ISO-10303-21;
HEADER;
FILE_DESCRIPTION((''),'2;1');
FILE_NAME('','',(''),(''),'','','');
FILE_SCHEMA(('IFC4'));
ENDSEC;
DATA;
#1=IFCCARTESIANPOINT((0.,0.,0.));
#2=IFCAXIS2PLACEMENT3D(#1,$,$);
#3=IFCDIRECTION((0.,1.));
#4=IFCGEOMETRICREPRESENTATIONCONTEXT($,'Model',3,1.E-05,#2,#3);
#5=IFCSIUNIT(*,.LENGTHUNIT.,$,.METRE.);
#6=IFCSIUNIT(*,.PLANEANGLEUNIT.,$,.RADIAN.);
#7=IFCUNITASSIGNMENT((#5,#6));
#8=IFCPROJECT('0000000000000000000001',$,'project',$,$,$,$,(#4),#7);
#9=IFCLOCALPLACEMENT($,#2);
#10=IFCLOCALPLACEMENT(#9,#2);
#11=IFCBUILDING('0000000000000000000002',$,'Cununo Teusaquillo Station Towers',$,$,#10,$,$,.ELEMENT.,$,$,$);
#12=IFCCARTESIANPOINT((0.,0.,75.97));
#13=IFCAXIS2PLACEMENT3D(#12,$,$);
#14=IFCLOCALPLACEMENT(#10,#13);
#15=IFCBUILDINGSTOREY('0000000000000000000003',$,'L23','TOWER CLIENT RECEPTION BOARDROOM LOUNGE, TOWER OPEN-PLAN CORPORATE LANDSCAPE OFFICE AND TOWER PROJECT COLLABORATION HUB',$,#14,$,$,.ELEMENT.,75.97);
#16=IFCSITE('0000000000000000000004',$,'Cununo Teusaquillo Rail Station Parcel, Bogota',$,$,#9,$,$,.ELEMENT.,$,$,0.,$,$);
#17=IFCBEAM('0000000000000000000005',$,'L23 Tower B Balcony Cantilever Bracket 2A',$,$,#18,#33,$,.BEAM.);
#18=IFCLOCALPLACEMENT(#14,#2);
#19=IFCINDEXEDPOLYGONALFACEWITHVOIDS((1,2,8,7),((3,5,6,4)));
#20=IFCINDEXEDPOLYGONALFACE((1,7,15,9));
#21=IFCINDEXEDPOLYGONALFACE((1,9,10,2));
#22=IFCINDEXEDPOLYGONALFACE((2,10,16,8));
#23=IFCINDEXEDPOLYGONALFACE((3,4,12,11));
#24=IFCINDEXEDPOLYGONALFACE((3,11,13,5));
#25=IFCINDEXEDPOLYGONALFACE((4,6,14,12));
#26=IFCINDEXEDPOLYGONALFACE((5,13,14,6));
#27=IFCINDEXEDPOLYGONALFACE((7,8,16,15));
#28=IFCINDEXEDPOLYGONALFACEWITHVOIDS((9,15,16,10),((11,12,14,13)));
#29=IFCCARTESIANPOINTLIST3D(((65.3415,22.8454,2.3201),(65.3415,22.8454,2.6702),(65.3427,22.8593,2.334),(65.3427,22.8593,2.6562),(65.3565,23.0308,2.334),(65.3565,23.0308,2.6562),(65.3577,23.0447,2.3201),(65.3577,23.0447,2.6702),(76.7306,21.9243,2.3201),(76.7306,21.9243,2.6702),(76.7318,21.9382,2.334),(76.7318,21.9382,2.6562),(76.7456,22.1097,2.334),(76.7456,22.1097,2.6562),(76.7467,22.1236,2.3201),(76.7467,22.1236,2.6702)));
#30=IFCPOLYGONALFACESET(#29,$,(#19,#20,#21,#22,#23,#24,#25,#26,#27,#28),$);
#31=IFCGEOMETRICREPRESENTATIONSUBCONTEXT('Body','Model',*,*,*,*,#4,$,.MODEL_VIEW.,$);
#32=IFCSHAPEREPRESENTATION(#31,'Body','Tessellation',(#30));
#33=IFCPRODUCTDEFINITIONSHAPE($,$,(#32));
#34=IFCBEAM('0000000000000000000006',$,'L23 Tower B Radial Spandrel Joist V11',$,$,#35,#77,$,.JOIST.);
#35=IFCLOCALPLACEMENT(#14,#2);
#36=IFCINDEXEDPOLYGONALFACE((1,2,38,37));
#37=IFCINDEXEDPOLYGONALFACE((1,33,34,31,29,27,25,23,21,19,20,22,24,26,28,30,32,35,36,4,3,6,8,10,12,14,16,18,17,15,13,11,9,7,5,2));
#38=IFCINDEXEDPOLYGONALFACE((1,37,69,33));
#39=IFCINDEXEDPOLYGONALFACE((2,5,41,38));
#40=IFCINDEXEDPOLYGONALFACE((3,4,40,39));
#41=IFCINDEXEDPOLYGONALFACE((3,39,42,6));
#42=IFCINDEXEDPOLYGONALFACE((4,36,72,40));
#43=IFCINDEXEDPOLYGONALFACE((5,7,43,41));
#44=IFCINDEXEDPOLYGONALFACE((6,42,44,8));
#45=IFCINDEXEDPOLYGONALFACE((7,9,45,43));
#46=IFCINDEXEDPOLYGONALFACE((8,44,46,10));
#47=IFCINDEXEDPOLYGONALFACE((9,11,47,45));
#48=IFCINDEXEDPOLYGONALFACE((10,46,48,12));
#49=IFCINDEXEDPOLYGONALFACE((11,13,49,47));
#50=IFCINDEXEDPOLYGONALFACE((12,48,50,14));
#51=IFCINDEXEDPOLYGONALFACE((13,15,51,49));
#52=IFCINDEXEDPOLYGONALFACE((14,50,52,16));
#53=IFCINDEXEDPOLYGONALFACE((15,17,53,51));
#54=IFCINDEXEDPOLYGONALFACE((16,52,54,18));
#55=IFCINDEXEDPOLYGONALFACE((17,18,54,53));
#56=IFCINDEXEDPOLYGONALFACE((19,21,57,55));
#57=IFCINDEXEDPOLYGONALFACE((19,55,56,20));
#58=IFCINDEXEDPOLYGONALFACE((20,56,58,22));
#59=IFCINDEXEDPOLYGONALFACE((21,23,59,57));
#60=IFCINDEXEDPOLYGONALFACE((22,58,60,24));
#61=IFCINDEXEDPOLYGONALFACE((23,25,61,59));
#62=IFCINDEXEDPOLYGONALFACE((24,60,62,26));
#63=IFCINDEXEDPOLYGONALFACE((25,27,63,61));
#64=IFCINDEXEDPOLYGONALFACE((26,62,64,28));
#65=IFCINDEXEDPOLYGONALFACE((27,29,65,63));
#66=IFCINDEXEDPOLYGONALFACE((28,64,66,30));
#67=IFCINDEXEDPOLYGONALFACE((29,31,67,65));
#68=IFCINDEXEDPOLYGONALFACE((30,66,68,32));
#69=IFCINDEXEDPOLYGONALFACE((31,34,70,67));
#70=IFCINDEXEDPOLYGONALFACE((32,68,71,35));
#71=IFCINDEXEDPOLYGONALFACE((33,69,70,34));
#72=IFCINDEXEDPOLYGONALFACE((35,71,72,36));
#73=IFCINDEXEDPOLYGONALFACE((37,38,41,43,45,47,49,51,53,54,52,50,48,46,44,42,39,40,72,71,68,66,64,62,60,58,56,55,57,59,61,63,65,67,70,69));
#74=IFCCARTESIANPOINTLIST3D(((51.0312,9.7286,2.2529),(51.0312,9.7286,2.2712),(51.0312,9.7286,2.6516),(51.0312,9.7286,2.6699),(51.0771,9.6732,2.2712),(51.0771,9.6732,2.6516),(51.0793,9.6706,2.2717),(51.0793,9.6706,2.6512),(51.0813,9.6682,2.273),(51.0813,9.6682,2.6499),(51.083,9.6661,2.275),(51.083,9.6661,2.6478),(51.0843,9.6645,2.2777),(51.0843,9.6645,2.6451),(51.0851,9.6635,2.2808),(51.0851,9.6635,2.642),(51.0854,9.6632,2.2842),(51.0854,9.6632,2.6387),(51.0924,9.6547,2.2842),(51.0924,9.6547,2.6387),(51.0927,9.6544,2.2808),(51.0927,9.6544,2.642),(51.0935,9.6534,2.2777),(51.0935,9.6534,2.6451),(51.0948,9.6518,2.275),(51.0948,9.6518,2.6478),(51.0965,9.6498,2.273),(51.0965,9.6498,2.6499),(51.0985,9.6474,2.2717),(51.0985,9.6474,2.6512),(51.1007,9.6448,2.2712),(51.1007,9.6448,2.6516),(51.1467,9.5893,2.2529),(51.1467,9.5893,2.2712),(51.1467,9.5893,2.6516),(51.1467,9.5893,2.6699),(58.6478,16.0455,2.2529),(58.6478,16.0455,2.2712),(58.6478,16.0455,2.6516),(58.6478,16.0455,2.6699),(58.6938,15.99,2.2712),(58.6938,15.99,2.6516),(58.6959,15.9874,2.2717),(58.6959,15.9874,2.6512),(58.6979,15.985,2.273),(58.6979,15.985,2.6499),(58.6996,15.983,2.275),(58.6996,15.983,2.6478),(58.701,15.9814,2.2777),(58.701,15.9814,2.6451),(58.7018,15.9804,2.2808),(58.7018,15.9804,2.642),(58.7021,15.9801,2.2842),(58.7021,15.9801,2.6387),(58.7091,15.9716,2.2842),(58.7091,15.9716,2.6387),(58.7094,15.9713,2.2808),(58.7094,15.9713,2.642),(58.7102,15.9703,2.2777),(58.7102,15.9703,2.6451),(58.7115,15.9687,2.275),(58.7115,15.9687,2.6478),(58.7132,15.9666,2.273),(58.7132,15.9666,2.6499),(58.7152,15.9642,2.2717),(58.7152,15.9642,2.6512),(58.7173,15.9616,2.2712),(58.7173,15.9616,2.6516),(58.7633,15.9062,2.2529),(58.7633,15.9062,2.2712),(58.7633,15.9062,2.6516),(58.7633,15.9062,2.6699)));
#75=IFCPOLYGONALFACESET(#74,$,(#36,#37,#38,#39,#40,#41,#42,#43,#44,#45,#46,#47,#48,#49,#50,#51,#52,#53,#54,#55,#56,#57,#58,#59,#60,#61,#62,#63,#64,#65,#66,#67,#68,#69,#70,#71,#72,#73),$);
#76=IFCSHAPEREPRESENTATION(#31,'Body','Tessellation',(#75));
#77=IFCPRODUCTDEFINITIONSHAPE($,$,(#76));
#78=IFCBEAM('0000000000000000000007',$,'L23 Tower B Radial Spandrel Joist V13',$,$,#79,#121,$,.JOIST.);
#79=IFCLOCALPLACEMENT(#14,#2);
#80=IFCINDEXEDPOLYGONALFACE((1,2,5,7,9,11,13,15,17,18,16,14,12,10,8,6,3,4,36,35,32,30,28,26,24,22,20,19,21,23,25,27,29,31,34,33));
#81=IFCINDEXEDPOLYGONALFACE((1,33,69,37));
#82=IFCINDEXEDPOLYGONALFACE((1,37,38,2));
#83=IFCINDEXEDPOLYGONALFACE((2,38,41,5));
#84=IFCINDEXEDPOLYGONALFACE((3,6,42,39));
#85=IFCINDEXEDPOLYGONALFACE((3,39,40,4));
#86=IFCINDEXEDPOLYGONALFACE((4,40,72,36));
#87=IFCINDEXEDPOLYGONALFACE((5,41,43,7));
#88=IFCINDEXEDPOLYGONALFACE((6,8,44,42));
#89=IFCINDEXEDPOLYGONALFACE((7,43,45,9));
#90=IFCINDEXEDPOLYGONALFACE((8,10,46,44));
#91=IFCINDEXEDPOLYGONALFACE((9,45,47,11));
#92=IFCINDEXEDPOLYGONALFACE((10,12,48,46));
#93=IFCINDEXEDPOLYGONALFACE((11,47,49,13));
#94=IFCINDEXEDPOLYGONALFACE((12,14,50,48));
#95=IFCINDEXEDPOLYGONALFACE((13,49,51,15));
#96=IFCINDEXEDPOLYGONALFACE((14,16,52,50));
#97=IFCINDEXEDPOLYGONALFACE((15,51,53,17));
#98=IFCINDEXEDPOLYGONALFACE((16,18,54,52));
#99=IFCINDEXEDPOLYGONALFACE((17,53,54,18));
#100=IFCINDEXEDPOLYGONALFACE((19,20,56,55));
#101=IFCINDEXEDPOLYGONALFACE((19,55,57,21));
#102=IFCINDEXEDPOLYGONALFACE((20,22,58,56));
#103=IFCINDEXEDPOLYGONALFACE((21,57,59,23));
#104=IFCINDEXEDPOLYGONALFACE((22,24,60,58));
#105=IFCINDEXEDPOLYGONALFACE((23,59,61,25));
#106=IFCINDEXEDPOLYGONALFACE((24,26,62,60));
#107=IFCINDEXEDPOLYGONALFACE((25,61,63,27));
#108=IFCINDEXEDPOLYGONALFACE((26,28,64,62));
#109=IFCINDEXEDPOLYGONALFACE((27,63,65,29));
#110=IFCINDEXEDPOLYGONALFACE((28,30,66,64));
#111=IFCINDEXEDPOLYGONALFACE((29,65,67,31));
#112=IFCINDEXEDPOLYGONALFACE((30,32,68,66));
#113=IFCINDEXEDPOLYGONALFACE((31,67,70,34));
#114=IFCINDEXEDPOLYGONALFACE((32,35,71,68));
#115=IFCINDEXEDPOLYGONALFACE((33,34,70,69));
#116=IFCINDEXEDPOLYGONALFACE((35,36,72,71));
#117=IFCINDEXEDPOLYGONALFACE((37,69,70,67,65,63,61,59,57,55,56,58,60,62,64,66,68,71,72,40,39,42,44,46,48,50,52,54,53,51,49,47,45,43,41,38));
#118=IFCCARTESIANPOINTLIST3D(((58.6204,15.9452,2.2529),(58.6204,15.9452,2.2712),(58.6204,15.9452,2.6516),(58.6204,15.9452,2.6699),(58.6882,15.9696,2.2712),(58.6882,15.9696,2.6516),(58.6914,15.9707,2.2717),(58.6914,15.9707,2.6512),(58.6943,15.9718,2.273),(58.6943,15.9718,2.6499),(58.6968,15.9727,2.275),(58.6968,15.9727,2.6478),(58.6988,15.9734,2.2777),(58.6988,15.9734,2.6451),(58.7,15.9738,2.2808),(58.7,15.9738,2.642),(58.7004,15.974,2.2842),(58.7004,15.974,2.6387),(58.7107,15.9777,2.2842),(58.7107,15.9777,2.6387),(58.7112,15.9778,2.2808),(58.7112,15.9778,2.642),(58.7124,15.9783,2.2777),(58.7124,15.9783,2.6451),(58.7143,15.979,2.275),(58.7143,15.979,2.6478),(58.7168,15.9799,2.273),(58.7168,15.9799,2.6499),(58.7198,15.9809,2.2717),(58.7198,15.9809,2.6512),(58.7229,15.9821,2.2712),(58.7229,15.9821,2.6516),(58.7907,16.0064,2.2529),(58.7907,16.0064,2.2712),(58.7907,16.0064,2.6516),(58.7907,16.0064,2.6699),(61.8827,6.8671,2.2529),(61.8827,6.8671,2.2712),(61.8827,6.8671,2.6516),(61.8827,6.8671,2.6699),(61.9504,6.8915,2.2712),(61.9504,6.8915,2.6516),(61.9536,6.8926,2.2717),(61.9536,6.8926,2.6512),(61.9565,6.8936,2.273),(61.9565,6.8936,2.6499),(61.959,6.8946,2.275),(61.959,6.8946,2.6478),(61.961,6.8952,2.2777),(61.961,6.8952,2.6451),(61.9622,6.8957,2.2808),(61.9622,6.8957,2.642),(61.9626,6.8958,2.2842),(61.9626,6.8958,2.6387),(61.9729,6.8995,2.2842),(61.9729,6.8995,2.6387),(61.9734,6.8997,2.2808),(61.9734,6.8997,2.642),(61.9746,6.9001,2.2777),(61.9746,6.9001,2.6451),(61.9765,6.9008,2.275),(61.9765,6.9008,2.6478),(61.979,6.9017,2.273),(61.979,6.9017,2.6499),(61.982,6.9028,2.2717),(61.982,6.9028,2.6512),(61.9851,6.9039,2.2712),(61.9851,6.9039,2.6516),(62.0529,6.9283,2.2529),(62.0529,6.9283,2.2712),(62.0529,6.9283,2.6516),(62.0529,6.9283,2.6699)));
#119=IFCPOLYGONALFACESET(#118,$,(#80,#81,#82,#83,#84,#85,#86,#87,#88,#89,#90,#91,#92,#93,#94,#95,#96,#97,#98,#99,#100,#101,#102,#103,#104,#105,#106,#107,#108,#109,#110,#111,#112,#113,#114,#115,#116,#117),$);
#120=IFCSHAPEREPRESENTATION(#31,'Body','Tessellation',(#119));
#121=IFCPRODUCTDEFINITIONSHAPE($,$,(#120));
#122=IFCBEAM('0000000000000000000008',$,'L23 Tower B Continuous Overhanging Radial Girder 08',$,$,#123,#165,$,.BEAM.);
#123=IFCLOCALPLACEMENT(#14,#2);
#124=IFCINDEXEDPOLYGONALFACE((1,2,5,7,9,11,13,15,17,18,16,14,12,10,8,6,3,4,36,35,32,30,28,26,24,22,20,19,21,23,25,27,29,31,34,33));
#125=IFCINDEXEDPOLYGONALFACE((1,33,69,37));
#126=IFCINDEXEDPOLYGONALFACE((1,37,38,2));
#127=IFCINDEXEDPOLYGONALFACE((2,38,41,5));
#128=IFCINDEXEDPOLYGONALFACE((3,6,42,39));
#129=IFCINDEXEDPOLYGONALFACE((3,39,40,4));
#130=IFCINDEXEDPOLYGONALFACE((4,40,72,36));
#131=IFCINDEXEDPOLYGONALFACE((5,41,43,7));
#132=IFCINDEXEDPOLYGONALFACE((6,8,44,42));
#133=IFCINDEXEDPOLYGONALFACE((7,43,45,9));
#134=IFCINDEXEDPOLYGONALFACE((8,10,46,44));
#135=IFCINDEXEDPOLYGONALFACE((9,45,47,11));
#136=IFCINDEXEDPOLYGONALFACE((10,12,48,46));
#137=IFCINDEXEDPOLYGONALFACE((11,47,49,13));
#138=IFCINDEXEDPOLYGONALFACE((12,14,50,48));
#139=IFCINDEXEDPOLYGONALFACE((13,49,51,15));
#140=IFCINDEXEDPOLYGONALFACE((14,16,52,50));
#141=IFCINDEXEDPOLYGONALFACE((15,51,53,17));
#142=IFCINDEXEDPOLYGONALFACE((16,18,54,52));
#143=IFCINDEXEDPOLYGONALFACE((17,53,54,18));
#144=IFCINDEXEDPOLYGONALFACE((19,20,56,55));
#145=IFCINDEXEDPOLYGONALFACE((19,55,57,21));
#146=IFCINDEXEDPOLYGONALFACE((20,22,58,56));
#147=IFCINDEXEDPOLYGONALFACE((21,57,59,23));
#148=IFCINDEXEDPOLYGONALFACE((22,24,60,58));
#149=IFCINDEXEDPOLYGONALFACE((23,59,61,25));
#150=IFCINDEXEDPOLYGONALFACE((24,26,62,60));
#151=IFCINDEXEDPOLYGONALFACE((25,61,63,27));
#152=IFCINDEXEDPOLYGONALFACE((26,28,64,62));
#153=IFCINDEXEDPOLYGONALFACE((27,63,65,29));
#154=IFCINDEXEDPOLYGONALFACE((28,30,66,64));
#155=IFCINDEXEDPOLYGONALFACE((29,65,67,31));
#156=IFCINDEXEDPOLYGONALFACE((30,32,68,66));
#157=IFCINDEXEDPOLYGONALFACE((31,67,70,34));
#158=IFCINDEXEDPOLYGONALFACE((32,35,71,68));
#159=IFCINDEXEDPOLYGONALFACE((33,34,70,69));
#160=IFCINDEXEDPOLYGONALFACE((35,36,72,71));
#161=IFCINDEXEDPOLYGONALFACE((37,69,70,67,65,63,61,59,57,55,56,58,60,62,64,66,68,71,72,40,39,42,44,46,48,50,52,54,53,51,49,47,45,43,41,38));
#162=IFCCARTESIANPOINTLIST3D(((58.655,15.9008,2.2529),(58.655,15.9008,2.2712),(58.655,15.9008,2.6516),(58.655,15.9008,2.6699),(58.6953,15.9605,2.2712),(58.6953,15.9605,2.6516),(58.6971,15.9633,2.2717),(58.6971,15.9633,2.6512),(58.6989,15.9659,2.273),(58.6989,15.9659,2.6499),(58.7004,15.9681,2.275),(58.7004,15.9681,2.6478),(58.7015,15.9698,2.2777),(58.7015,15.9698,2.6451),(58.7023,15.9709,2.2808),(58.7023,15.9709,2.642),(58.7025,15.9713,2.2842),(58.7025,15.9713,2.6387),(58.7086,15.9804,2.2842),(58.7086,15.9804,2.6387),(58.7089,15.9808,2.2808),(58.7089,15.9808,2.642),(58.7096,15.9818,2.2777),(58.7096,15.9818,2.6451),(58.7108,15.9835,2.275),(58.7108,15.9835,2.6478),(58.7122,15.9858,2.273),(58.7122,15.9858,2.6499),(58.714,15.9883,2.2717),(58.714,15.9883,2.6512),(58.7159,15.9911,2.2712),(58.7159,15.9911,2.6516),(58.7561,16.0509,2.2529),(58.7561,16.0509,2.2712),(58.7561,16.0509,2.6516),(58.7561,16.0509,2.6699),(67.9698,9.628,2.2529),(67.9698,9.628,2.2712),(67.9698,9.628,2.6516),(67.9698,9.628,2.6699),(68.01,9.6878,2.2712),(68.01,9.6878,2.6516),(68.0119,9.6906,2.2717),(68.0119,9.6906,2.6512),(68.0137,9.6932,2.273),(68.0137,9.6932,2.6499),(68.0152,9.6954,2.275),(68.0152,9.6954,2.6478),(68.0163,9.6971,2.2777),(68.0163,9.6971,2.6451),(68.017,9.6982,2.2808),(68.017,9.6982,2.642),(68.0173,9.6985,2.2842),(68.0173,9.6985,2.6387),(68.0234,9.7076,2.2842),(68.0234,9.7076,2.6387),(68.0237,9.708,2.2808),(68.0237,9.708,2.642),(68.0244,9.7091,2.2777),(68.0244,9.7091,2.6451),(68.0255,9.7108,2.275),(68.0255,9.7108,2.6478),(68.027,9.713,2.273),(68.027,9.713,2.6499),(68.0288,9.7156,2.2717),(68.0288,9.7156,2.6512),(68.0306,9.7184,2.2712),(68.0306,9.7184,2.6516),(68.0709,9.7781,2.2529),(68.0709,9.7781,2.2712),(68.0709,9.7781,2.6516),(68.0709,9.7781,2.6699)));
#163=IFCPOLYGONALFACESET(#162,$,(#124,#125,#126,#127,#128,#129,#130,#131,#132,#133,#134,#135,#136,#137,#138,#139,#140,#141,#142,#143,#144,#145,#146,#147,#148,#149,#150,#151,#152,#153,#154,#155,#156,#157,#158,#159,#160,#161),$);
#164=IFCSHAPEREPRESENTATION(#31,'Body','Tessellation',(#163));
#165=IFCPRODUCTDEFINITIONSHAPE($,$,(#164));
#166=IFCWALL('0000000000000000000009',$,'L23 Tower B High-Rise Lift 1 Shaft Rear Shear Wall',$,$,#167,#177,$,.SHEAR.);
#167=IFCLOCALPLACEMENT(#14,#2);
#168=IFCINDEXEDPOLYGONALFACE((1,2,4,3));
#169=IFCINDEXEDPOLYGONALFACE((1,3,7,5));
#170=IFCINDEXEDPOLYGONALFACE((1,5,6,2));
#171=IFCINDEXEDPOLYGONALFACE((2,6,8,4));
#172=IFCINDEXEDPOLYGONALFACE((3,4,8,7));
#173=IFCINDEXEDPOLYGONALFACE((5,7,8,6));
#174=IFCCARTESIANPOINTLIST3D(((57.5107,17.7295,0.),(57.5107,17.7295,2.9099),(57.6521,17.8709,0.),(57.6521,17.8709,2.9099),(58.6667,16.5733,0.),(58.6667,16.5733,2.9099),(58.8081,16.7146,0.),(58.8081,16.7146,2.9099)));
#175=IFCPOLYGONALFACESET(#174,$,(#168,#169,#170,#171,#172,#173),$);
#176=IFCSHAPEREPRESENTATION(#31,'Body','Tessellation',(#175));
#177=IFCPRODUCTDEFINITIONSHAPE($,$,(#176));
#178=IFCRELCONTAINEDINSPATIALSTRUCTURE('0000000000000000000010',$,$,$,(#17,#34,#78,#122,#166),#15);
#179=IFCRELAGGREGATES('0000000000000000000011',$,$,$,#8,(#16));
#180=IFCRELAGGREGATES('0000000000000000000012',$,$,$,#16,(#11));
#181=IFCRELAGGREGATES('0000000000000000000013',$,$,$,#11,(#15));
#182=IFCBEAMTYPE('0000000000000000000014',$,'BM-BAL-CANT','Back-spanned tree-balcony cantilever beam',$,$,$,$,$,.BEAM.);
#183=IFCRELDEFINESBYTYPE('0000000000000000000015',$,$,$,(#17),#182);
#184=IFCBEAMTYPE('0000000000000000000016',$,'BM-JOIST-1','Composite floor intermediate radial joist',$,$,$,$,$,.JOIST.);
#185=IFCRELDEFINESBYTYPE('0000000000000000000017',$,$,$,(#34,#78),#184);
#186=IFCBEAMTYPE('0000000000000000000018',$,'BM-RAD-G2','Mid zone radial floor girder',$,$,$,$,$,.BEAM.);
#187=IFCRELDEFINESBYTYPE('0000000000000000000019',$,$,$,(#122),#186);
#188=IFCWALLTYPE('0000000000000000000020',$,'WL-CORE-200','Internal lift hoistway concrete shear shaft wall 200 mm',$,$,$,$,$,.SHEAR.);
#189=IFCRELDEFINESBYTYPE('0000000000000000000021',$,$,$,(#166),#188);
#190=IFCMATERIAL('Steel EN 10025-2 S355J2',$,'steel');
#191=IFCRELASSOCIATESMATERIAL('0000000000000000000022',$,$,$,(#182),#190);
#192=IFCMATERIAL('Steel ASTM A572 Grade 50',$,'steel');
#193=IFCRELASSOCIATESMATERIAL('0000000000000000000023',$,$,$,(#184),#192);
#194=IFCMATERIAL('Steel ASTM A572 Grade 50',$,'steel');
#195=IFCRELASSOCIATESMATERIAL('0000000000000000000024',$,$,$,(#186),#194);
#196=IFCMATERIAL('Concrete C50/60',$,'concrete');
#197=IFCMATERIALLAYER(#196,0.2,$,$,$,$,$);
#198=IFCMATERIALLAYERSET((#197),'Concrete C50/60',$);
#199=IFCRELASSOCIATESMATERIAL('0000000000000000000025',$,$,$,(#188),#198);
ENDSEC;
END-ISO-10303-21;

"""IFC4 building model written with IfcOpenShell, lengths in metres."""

from ifc_helpers import new_model, si_unit, direction, frame, frame_2d, origin, origin_2d, place, context, subcontext, project, spatial, rectangle, hollow_rectangle, i_section, extrude, material, layer, layer_set, material_profile, profile_set, type_object, element, save


model = new_model("IFC4")

# Units and contexts
model_context = context("Model", 3, precision=1e-05, world=origin(), true_north=direction((0.0, 1.0)))
body_context = subcontext(model_context, "Body", "Model", "MODEL_VIEW")
ifc_project = project(units=[si_unit("LENGTHUNIT", "METRE"), si_unit("PLANEANGLEUNIT", "RADIAN")], contexts=[model_context])

# Site, building, storey
site_placement = place(None, origin())
site = spatial("IfcSite", under=ifc_project, at=site_placement, Name="Cununo Teusaquillo Rail Station Parcel, Bogota", CompositionType="ELEMENT", RefElevation=0.0)
building_placement = place(site_placement, origin())
building = spatial("IfcBuilding", under=site, at=building_placement, Name="Cununo Teusaquillo Station Towers", CompositionType="ELEMENT")
storey_placement = place(building_placement, frame((0.0, 0.0, 75.97)))
storey = spatial("IfcBuildingStorey", under=building, at=storey_placement, Name="L23", Description="TOWER CLIENT RECEPTION BOARDROOM LOUNGE, TOWER OPEN-PLAN CORPORATE LANDSCAPE OFFICE AND TOWER PROJECT COLLABORATION HUB", CompositionType="ELEMENT", Elevation=75.97)

# Beams
ifc_material_1 = material(Name="Steel EN 10025-2 S355J2", Category="steel")
ifc_material_profile_1 = material_profile(ifc_material_1, hollow_rectangle(XDim=0.2, YDim=0.3501, WallThickness=0.0139, at=origin_2d()), Name="RHS 350x200x14")
ifc_profile_set_1 = profile_set([ifc_material_profile_1], Name="Steel EN 10025-2 S355J2")
beam_type_1 = type_object("IfcBeamType", Name="BM-BAL-CANT", Description="Back-spanned tree-balcony cantilever beam", PredefinedType="BEAM", material=ifc_profile_set_1)
beam_1_placement = place(storey_placement, frame((65.3496, 22.9451, 2.4951), z_axis=(0.996745, -0.080616, 0.0), x_axis=(0.080616, 0.996745, 0.0)))
element("IfcBeam", 1, at=beam_1_placement, inside=storey, type_object=beam_type_1, Name="L23 Tower B Balcony Cantilever Bracket 2A", PredefinedType="BEAM", context=body_context, shape_type="SweptSolid", body=[
    extrude(hollow_rectangle(XDim=0.2, YDim=0.3501, WallThickness=0.0139, at=origin_2d()), origin(), (0.0, 0.0, 1.0), 11.4263),
])
ifc_material_2 = material(Name="Steel ASTM A572 Grade 50", Category="steel")
ifc_material_profile_2 = material_profile(ifc_material_2, i_section(OverallWidth=0.1809, OverallDepth=0.417, WebThickness=0.011, FlangeThickness=0.0183, FilletRadius=0.0129, at=origin_2d()), Name="W16X57")
ifc_profile_set_2 = profile_set([ifc_material_profile_2], Name="Steel ASTM A572 Grade 50")
beam_type_2 = type_object("IfcBeamType", Name="BM-JOIST-1", Description="Composite floor intermediate radial joist", PredefinedType="JOIST", material=ifc_profile_set_2)
beam_2_placement = place(storey_placement, frame((58.7056, 15.9758, 2.4614), z_axis=(-0.769728, -0.638372, 0.0), x_axis=(0.638372, -0.769728, 0.0)))
element("IfcBeam", 2, at=beam_2_placement, inside=storey, type_object=beam_type_2, Name="L23 Tower B Radial Spandrel Joist V11", PredefinedType="JOIST", context=body_context, shape_type="SweptSolid", body=[
    extrude(i_section(OverallWidth=0.1809, OverallDepth=0.417, WebThickness=0.011, FlangeThickness=0.0183, FilletRadius=0.0129, at=origin_2d()), origin(), (0.0, 0.0, 1.0), 9.8953),
])
beam_3_placement = place(storey_placement, frame((58.7056, 15.9758, 2.4614), z_axis=(0.338176, -0.941083, 0.0), x_axis=(0.941083, 0.338176, 0.0)))
element("IfcBeam", 3, at=beam_3_placement, inside=storey, type_object=beam_type_2, Name="L23 Tower B Radial Spandrel Joist V13", PredefinedType="JOIST", context=body_context, shape_type="SweptSolid", body=[
    extrude(i_section(OverallWidth=0.1809, OverallDepth=0.417, WebThickness=0.011, FlangeThickness=0.0183, FilletRadius=0.0129, at=origin_2d()), origin(), (0.0, 0.0, 1.0), 9.6465),
])
ifc_material_3 = material(Name="Steel ASTM A572 Grade 50", Category="steel")
ifc_material_profile_3 = material_profile(ifc_material_3, i_section(OverallWidth=0.1809, OverallDepth=0.417, WebThickness=0.011, FlangeThickness=0.0183, FilletRadius=0.0129, at=origin_2d()), Name="W16X57")
ifc_profile_set_3 = profile_set([ifc_material_profile_3], Name="Steel ASTM A572 Grade 50")
beam_type_3 = type_object("IfcBeamType", Name="BM-RAD-G2", Description="Mid zone radial floor girder", PredefinedType="BEAM", material=ifc_profile_set_3)
beam_4_placement = place(storey_placement, frame((58.7056, 15.9758, 2.4614), z_axis=(0.829456, -0.558572, 0.0), x_axis=(0.558572, 0.829456, 0.0)))
element("IfcBeam", 4, at=beam_4_placement, inside=storey, type_object=beam_type_3, Name="L23 Tower B Continuous Overhanging Radial Girder 08", PredefinedType="BEAM", context=body_context, shape_type="SweptSolid", body=[
    extrude(i_section(OverallWidth=0.1809, OverallDepth=0.417, WebThickness=0.011, FlangeThickness=0.0183, FilletRadius=0.0129, at=origin_2d()), origin(), (0.0, 0.0, 1.0), 11.23),
])

# Wall
ifc_material_4 = material(Name="Concrete C50/60", Category="concrete")
ifc_layer_1 = layer(ifc_material_4, 0.2)
ifc_layer_set_1 = layer_set([ifc_layer_1], Name="Concrete C50/60")
wall_type_1 = type_object("IfcWallType", Name="WL-CORE-200", Description="Internal lift hoistway concrete shear shaft wall 200 mm", PredefinedType="SHEAR", material=ifc_layer_set_1)
wall_1_placement = place(storey_placement, frame((58.7373, 16.644, 0.0), z_axis=(0.0, 0.0, 1.0), x_axis=(-0.707032, 0.707181, 0.0)))
element("IfcWall", 5, at=wall_1_placement, inside=storey, type_object=wall_type_1, Name="L23 Tower B High-Rise Lift 1 Shaft Rear Shear Wall", PredefinedType="SHEAR", context=body_context, shape_type="SweptSolid", body=[
    extrude(rectangle(XDim=1.635, YDim=0.2, at=frame_2d((0.8174, 0.0))), origin(), (0.0, 0.0, 1.0), 2.9099),
])

save(model, "model.ifc")
